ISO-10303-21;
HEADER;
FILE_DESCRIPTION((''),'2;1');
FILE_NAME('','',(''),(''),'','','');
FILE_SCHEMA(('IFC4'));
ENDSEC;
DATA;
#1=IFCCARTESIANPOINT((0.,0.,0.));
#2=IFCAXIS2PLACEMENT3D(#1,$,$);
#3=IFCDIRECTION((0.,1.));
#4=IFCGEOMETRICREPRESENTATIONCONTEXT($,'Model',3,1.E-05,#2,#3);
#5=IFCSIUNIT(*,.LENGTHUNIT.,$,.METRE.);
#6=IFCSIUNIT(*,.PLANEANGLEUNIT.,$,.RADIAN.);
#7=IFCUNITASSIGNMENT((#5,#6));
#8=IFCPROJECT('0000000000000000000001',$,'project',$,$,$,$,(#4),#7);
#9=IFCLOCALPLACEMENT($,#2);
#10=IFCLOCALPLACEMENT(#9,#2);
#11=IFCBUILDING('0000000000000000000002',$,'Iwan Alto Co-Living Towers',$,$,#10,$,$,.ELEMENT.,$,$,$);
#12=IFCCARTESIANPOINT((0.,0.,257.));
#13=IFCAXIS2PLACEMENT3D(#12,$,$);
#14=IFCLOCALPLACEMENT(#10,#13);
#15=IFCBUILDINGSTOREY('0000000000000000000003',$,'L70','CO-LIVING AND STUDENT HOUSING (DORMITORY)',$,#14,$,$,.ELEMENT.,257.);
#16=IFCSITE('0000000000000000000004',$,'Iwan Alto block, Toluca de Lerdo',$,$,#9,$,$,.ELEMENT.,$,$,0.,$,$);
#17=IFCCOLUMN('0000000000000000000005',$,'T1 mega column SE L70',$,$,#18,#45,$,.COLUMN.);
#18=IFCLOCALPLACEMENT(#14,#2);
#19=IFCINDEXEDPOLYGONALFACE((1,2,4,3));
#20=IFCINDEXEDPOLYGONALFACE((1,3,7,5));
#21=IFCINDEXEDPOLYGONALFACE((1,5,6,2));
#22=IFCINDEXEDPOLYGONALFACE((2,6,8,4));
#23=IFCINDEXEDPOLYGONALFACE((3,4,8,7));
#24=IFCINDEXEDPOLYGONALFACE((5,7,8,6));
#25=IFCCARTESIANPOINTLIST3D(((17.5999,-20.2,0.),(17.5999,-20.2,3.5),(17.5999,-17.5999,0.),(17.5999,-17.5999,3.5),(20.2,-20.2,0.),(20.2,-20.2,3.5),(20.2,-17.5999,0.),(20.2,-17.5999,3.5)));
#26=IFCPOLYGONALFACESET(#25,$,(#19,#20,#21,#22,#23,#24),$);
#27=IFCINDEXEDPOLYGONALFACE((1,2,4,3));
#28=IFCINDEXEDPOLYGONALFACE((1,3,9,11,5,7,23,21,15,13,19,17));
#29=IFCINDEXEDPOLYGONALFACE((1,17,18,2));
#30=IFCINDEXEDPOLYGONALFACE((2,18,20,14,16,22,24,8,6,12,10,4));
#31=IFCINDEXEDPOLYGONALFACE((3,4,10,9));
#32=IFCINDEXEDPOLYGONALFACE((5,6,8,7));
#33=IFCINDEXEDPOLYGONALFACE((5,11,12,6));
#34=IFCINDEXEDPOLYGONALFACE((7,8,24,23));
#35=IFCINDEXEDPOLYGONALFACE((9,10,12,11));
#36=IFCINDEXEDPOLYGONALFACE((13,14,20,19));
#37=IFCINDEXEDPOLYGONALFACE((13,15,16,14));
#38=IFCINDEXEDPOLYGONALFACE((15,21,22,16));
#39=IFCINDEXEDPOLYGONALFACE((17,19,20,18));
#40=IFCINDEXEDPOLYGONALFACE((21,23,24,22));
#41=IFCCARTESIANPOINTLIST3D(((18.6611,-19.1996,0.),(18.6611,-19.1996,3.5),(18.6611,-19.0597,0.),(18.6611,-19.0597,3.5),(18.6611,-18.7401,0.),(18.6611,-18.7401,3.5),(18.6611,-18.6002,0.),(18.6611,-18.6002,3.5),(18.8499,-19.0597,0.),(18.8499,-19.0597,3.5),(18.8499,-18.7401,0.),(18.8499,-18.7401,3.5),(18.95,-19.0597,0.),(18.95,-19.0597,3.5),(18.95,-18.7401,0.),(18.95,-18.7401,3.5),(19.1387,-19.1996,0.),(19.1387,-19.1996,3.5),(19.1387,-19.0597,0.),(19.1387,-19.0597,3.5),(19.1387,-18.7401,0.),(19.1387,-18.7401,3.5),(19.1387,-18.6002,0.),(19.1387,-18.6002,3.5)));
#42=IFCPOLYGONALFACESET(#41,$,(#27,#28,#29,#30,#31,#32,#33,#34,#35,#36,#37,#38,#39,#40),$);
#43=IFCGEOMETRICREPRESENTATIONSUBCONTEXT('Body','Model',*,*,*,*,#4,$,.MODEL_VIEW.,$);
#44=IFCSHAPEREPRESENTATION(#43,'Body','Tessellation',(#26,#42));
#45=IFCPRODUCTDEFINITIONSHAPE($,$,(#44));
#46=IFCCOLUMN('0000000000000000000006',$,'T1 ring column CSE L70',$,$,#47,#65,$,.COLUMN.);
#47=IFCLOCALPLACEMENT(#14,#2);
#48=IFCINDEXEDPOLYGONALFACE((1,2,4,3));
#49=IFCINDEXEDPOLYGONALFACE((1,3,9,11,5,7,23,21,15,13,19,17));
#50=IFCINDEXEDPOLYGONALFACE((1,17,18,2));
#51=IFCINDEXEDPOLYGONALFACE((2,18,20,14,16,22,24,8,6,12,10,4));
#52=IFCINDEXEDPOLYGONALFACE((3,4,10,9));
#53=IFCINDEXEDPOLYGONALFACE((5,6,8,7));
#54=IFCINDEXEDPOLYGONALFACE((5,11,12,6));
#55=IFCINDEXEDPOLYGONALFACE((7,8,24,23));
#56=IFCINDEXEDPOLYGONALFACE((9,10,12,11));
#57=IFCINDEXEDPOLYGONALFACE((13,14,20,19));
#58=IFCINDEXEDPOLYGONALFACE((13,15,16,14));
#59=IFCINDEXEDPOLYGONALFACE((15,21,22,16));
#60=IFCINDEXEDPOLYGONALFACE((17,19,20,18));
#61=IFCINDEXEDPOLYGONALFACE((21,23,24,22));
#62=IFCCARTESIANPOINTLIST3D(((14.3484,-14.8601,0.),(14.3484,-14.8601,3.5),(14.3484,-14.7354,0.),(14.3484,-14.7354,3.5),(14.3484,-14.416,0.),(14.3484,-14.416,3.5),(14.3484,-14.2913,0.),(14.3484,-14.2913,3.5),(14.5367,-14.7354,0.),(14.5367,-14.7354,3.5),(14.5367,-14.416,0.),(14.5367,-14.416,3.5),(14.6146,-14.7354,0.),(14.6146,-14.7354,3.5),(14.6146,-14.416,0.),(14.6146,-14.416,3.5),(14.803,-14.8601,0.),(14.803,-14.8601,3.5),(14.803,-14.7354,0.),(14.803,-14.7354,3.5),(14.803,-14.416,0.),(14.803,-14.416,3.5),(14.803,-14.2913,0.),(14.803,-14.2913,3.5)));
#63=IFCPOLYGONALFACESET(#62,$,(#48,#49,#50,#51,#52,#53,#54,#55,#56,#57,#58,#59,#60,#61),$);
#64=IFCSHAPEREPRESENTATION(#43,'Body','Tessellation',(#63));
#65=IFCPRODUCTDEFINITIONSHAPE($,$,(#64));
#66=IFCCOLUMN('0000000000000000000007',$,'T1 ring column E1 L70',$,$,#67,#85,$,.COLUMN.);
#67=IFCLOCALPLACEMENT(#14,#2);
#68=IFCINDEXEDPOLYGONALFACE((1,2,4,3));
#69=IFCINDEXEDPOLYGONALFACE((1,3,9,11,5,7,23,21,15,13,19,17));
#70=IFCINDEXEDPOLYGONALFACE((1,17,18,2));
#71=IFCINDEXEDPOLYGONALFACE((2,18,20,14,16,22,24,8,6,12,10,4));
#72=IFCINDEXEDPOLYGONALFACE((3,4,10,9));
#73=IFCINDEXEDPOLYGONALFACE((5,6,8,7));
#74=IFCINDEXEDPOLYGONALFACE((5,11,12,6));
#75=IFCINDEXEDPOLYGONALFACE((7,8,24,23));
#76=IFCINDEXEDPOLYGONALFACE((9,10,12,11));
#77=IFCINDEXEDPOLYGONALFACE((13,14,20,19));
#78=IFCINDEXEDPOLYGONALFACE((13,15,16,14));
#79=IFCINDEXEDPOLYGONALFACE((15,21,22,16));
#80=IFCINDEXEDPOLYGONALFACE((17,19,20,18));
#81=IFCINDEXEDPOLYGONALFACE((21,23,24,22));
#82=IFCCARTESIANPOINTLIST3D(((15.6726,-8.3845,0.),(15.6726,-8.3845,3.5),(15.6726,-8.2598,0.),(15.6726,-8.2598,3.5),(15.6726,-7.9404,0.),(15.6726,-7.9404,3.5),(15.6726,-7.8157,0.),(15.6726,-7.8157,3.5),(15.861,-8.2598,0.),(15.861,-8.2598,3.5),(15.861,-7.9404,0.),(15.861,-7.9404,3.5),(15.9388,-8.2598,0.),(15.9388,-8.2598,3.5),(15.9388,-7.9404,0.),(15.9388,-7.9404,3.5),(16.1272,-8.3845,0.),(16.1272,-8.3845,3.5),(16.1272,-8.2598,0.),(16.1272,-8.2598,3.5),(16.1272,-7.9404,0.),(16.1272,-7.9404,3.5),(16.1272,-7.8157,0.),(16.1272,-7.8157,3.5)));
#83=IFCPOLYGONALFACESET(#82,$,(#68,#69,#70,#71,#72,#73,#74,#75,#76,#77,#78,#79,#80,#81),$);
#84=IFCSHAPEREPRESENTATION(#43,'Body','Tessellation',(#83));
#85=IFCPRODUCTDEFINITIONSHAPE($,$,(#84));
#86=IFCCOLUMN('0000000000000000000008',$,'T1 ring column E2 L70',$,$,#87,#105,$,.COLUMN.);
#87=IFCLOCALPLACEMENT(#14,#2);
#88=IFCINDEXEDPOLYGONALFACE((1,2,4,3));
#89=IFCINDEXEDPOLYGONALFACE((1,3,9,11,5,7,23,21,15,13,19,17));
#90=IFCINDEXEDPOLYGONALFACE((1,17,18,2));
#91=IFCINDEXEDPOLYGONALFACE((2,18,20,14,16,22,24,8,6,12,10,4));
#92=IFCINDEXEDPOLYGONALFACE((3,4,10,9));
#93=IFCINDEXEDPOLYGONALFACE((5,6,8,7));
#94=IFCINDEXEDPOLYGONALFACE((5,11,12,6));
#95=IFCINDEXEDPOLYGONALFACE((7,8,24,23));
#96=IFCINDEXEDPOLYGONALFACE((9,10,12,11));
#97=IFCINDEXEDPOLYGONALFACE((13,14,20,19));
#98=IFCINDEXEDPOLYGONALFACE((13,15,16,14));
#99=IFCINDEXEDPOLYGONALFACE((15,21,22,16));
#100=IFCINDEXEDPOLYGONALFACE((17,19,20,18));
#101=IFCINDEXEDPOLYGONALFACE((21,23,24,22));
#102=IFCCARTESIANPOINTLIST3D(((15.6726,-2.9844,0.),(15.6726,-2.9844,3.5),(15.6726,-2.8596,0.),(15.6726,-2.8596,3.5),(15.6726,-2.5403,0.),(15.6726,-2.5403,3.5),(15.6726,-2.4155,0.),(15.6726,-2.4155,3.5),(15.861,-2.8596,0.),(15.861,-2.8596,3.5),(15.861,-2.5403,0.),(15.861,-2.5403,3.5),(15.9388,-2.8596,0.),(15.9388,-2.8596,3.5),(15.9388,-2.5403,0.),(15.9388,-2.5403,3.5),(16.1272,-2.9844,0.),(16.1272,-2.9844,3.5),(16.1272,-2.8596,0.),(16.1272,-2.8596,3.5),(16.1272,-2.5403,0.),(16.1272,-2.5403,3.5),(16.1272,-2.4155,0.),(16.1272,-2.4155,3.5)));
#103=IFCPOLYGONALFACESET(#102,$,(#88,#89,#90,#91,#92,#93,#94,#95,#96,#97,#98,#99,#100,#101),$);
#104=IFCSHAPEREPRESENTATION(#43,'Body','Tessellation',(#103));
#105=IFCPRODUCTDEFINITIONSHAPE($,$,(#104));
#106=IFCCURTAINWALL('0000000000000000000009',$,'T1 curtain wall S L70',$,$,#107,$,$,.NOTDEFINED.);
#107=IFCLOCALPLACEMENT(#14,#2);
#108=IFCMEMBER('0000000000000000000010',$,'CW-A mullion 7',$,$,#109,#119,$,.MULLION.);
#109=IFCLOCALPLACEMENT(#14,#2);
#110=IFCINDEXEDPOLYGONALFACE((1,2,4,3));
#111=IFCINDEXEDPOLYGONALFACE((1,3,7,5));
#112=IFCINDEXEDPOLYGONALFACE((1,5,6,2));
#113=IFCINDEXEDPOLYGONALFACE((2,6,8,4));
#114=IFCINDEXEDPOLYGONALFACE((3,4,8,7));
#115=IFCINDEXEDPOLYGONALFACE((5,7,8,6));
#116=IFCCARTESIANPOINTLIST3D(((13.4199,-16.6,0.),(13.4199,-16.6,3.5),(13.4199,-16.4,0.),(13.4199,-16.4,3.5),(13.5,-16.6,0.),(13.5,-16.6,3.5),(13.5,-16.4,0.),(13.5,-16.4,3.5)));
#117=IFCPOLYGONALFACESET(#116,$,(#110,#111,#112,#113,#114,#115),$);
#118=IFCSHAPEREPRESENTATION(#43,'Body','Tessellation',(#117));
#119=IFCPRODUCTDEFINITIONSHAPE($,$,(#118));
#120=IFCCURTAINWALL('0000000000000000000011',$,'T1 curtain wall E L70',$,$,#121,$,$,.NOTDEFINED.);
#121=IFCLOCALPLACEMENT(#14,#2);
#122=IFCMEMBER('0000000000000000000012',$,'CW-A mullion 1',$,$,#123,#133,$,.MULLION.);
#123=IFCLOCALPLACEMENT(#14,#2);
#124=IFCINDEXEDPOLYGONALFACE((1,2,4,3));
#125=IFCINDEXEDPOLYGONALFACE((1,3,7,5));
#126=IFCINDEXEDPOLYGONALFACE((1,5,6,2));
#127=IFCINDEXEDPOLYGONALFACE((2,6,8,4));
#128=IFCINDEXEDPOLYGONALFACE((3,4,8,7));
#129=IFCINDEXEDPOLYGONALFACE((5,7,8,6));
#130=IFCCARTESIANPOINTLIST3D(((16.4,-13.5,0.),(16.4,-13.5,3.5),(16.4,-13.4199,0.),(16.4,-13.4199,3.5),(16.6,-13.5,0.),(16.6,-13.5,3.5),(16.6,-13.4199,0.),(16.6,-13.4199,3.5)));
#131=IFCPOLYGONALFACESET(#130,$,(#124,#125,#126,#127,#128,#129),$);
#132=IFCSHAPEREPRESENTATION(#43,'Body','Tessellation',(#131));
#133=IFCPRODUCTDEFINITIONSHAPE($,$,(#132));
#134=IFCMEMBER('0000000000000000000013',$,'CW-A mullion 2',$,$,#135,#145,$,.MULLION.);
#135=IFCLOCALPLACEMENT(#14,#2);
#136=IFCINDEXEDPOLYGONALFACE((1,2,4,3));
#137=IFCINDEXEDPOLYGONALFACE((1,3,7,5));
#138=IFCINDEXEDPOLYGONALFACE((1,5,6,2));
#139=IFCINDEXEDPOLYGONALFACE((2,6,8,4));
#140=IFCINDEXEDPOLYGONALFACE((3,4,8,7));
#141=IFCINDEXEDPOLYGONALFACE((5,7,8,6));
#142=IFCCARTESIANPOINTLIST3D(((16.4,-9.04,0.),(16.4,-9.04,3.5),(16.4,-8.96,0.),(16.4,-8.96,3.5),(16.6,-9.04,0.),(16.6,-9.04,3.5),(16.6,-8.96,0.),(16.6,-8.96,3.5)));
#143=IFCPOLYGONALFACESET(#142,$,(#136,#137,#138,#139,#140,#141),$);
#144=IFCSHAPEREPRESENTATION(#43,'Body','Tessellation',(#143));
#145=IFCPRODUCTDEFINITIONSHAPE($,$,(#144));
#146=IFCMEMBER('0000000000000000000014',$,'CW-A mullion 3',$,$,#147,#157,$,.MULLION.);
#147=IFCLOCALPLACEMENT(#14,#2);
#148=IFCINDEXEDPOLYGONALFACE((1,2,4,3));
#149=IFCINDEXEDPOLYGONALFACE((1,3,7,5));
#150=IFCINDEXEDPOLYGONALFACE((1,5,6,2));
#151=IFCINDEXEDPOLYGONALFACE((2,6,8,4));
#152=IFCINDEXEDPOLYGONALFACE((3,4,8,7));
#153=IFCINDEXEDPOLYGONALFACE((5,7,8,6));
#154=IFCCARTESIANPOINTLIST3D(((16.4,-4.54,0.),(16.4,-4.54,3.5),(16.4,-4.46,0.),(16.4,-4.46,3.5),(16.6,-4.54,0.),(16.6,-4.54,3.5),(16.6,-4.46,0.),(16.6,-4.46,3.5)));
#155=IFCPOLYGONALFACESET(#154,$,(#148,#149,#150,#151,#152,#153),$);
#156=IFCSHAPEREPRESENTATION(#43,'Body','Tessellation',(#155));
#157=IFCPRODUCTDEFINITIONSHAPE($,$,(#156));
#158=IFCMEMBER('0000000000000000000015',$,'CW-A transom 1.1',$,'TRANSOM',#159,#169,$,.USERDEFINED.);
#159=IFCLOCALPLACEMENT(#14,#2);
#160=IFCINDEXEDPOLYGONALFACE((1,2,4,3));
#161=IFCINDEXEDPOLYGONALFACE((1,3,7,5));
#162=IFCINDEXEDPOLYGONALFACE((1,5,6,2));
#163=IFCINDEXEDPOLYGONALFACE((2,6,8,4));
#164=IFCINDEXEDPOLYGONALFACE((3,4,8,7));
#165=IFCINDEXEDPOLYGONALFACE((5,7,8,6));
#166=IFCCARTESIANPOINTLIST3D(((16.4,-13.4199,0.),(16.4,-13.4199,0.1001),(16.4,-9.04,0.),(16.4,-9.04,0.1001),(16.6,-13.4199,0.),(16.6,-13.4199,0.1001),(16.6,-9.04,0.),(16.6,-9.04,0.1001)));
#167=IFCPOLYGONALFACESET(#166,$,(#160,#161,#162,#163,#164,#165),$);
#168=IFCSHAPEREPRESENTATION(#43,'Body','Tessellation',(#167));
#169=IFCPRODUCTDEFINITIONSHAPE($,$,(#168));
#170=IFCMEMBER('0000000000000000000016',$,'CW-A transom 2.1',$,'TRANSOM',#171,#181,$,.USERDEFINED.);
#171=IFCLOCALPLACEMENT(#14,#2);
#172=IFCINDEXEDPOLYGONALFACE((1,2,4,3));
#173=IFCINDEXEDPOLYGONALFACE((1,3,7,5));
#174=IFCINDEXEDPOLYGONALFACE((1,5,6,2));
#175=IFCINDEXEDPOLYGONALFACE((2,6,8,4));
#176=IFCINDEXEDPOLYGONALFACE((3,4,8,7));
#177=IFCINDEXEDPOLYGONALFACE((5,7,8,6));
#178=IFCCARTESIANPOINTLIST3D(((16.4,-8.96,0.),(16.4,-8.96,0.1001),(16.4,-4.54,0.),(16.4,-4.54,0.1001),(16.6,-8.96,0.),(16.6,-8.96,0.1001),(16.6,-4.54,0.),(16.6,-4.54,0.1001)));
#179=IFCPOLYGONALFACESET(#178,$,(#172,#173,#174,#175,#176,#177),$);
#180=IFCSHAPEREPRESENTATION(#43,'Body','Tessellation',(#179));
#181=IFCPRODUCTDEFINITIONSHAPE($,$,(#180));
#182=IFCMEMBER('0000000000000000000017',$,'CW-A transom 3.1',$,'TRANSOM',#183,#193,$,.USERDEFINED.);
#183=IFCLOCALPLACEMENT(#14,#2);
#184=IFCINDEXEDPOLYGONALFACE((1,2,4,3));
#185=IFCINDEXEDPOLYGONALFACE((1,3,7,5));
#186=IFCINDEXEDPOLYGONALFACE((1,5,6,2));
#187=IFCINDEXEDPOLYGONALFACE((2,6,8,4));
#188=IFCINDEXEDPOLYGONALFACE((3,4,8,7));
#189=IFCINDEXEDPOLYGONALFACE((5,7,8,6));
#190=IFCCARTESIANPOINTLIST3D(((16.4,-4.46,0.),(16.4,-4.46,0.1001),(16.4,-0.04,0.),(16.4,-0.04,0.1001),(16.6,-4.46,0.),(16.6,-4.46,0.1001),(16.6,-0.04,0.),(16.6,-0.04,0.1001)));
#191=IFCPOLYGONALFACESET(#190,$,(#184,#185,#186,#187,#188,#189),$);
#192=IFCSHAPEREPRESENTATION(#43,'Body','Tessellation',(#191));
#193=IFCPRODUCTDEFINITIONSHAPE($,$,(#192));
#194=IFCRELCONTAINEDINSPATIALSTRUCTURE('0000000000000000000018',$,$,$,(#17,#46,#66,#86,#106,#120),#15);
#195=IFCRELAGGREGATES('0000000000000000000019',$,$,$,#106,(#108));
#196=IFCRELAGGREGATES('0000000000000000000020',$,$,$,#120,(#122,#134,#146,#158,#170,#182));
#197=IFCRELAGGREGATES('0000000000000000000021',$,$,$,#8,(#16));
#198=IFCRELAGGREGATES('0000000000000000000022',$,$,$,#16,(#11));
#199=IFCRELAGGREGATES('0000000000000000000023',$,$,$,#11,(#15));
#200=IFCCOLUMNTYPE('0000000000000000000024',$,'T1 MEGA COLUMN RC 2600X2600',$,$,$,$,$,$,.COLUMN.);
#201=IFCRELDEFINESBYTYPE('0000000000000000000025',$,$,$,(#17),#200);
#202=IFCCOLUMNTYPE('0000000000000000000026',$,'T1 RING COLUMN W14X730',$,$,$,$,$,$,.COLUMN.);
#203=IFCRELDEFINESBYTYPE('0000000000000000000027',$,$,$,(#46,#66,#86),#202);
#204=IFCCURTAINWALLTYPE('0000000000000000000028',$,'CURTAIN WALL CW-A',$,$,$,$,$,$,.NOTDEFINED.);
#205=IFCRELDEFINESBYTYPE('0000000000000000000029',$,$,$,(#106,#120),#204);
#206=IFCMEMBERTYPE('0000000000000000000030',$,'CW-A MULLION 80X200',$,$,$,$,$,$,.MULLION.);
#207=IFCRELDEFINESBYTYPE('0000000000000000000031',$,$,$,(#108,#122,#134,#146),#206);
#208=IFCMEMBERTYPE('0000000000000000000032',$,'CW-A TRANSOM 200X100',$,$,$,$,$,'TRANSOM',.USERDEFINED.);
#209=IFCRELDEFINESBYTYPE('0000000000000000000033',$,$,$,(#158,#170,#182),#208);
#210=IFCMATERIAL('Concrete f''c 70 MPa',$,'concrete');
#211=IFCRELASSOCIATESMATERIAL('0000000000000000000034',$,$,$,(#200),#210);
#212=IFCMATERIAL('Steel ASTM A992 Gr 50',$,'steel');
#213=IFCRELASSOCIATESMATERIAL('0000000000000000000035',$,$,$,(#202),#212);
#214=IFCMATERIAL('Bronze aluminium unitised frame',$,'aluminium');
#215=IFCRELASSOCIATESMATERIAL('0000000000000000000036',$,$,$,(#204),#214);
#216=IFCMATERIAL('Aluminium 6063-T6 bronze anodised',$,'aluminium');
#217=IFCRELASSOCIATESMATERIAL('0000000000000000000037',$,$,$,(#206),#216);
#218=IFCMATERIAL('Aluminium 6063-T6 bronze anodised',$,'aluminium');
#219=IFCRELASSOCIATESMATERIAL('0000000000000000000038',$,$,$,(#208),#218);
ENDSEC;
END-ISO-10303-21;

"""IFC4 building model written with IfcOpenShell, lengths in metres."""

from ifc_helpers import new_model, si_unit, direction, frame, origin, origin_2d, place, context, subcontext, project, spatial, rectangle, i_section, extrude, material, material_profile, profile_set, type_object, element, aggregate, save


model = new_model("IFC4")

# Units and contexts
model_context = context("Model", 3, precision=1e-05, world=origin(), true_north=direction((0.0, 1.0)))
body_context = subcontext(model_context, "Body", "Model", "MODEL_VIEW")
ifc_project = project(units=[si_unit("LENGTHUNIT", "METRE"), si_unit("PLANEANGLEUNIT", "RADIAN")], contexts=[model_context])

# Site, building, storey
site_placement = place(None, origin())
site = spatial("IfcSite", under=ifc_project, at=site_placement, Name="Iwan Alto block, Toluca de Lerdo", CompositionType="ELEMENT", RefElevation=0.0)
building_placement = place(site_placement, origin())
building = spatial("IfcBuilding", under=site, at=building_placement, Name="Iwan Alto Co-Living Towers", CompositionType="ELEMENT")
storey_placement = place(building_placement, frame((0.0, 0.0, 257.0)))
storey = spatial("IfcBuildingStorey", under=building, at=storey_placement, Name="L70", Description="CO-LIVING AND STUDENT HOUSING (DORMITORY)", CompositionType="ELEMENT", Elevation=257.0)

# Columns
ifc_material_1 = material(Name="Concrete f'c 70 MPa", Category="concrete")
ifc_material_profile_1 = material_profile(ifc_material_1, rectangle(XDim=2.6001, YDim=2.6001, at=origin_2d()), Name="RC 2600X2600")
ifc_profile_set_1 = profile_set([ifc_material_profile_1], Name="Concrete f'c 70 MPa")
column_type_1 = type_object("IfcColumnType", Name="T1 MEGA COLUMN RC 2600X2600", PredefinedType="COLUMN", material=ifc_profile_set_1)
column_placement = place(storey_placement, frame((18.8999, -18.8999, 0.0), z_axis=(0.0, 0.0, 1.0), x_axis=(1.0, 0.0, 0.0)))
element("IfcColumn", 1, at=column_placement, inside=storey, type_object=column_type_1, Name="T1 mega column SE L70", PredefinedType="COLUMN", context=body_context, shape_type="SweptSolid", body=[
    extrude(rectangle(XDim=2.6001, YDim=2.6001, at=origin_2d()), origin(), (0.0, 0.0, 1.0), 3.5),
    extrude(i_section(OverallWidth=0.4775, OverallDepth=0.5994, WebThickness=0.1001, FlangeThickness=0.1399, at=origin_2d()), origin(), (0.0, 0.0, 1.0), 3.5),
])
ifc_material_2 = material(Name="Steel ASTM A992 Gr 50", Category="steel")
ifc_material_profile_2 = material_profile(ifc_material_2, i_section(OverallWidth=0.4546, OverallDepth=0.5688, WebThickness=0.0779, FlangeThickness=0.1248, at=origin_2d()), Name="W14X730")
ifc_profile_set_2 = profile_set([ifc_material_profile_2], Name="Steel ASTM A992 Gr 50")
column_type_2 = type_object("IfcColumnType", Name="T1 RING COLUMN W14X730", PredefinedType="COLUMN", material=ifc_profile_set_2)
for number, where, z_axis, x_axis, name in (
    (2, (14.5757, -14.5757, 0.0), (0.0, 0.0, 1.0), (1.0, 0.0, 0.0), "T1 ring column CSE L70"),
    (3, (15.8999, -8.1001, 0.0), (0.0, 0.0, 1.0), (1.0, 0.0, 0.0), "T1 ring column E1 L70"),
    (4, (15.8999, -2.7, 0.0), (0.0, 0.0, 1.0), (1.0, 0.0, 0.0), "T1 ring column E2 L70"),
):
    element("IfcColumn", number, at=place(storey_placement, frame(where, z_axis=z_axis, x_axis=x_axis)), inside=storey, type_object=column_type_2, Name=name, PredefinedType="COLUMN", context=body_context, shape_type="SweptSolid", body=[
        extrude(i_section(OverallWidth=0.4546, OverallDepth=0.5688, WebThickness=0.0779, FlangeThickness=0.1248, at=origin_2d()), origin(), (0.0, 0.0, 1.0), 3.5),
    ])

# Curtain wall, member
ifc_material_3 = material(Name="Bronze aluminium unitised frame", Category="aluminium")
curtain_wall_type_1 = type_object("IfcCurtainWallType", Name="CURTAIN WALL CW-A", PredefinedType="NOTDEFINED", material=ifc_material_3)
curtain_wall_1_placement = place(storey_placement, origin())
curtain_wall_1 = element("IfcCurtainWall", 5, at=curtain_wall_1_placement, inside=storey, type_object=curtain_wall_type_1, Name="T1 curtain wall S L70", PredefinedType="NOTDEFINED")
ifc_material_4 = material(Name="Aluminium 6063-T6 bronze anodised", Category="aluminium")
ifc_material_profile_3 = material_profile(ifc_material_4, rectangle(XDim=0.2, YDim=0.0801, at=origin_2d()), Name="AL 80X200")
ifc_profile_set_3 = profile_set([ifc_material_profile_3], Name="Aluminium 6063-T6 bronze anodised")
member_type_1 = type_object("IfcMemberType", Name="CW-A MULLION 80X200", PredefinedType="MULLION", material=ifc_profile_set_3)
member_1_placement = place(storey_placement, frame((13.46, -16.5, 0.0), z_axis=(0.0, 0.0, 1.0), x_axis=(0.0, 1.0, 0.0)))
member_1 = element("IfcMember", 6, at=member_1_placement, type_object=member_type_1, Name="CW-A mullion 7", PredefinedType="MULLION", context=body_context, shape_type="SweptSolid", body=[
    extrude(rectangle(XDim=0.2, YDim=0.0801, at=origin_2d()), origin(), (0.0, 0.0, 1.0), 3.5),
])
aggregate(curtain_wall_1, [member_1])

# Curtain wall, members
curtain_wall_2_placement = place(storey_placement, origin())
curtain_wall_2 = element("IfcCurtainWall", 7, at=curtain_wall_2_placement, inside=storey, type_object=curtain_wall_type_1, Name="T1 curtain wall E L70", PredefinedType="NOTDEFINED")
member_2_placement = place(storey_placement, frame((16.5, -13.46, 0.0), z_axis=(0.0, 0.0, 1.0), x_axis=(-1.0, 0.0, 0.0)))
member_2 = element("IfcMember", 8, at=member_2_placement, type_object=member_type_1, Name="CW-A mullion 1", PredefinedType="MULLION", context=body_context, shape_type="SweptSolid", body=[
    extrude(rectangle(XDim=0.2, YDim=0.0801, at=origin_2d()), origin(), (0.0, 0.0, 1.0), 3.5),
])
member_3_placement = place(storey_placement, frame((16.5, -9.0, 0.0), z_axis=(0.0, 0.0, 1.0), x_axis=(-1.0, 0.0, 0.0)))
member_3 = element("IfcMember", 9, at=member_3_placement, type_object=member_type_1, Name="CW-A mullion 2", PredefinedType="MULLION", context=body_context, shape_type="SweptSolid", body=[
    extrude(rectangle(XDim=0.2, YDim=0.0801, at=origin_2d()), origin(), (0.0, 0.0, 1.0), 3.5),
])
member_4_placement = place(storey_placement, frame((16.5, -4.5, 0.0), z_axis=(0.0, 0.0, 1.0), x_axis=(-1.0, 0.0, 0.0)))
member_4 = element("IfcMember", 10, at=member_4_placement, type_object=member_type_1, Name="CW-A mullion 3", PredefinedType="MULLION", context=body_context, shape_type="SweptSolid", body=[
    extrude(rectangle(XDim=0.2, YDim=0.0801, at=origin_2d()), origin(), (0.0, 0.0, 1.0), 3.5),
])
ifc_material_5 = material(Name="Aluminium 6063-T6 bronze anodised", Category="aluminium")
ifc_material_profile_4 = material_profile(ifc_material_5, rectangle(XDim=0.2, YDim=0.1001, at=origin_2d()), Name="AL 200X100")
ifc_profile_set_4 = profile_set([ifc_material_profile_4], Name="Aluminium 6063-T6 bronze anodised")
member_type_2 = type_object("IfcMemberType", Name="CW-A TRANSOM 200X100", ElementType="TRANSOM", PredefinedType="USERDEFINED", material=ifc_profile_set_4)
member_5_placement = place(storey_placement, frame((16.5, -13.4199, 0.05), z_axis=(0.0, 1.0, 0.0), x_axis=(-1.0, 0.0, 0.0)))
member_5 = element("IfcMember", 11, at=member_5_placement, type_object=member_type_2, Name="CW-A transom 1.1", ObjectType="TRANSOM", PredefinedType="USERDEFINED", context=body_context, shape_type="SweptSolid", body=[
    extrude(rectangle(XDim=0.2, YDim=0.1001, at=origin_2d()), origin(), (0.0, 0.0, 1.0), 4.3799),
])
member_6_placement = place(storey_placement, frame((16.5, -8.96, 0.05), z_axis=(0.0, 1.0, 0.0), x_axis=(-1.0, 0.0, 0.0)))
member_6 = element("IfcMember", 12, at=member_6_placement, type_object=member_type_2, Name="CW-A transom 2.1", ObjectType="TRANSOM", PredefinedType="USERDEFINED", context=body_context, shape_type="SweptSolid", body=[
    extrude(rectangle(XDim=0.2, YDim=0.1001, at=origin_2d()), origin(), (0.0, 0.0, 1.0), 4.4199),
])
member_7_placement = place(storey_placement, frame((16.5, -4.46, 0.05), z_axis=(0.0, 1.0, 0.0), x_axis=(-1.0, 0.0, 0.0)))
member_7 = element("IfcMember", 13, at=member_7_placement, type_object=member_type_2, Name="CW-A transom 3.1", ObjectType="TRANSOM", PredefinedType="USERDEFINED", context=body_context, shape_type="SweptSolid", body=[
    extrude(rectangle(XDim=0.2, YDim=0.1001, at=origin_2d()), origin(), (0.0, 0.0, 1.0), 4.4199),
])

aggregate(curtain_wall_2, [member_2, member_3, member_4, member_5, member_6, member_7])

save(model, "model.ifc")
